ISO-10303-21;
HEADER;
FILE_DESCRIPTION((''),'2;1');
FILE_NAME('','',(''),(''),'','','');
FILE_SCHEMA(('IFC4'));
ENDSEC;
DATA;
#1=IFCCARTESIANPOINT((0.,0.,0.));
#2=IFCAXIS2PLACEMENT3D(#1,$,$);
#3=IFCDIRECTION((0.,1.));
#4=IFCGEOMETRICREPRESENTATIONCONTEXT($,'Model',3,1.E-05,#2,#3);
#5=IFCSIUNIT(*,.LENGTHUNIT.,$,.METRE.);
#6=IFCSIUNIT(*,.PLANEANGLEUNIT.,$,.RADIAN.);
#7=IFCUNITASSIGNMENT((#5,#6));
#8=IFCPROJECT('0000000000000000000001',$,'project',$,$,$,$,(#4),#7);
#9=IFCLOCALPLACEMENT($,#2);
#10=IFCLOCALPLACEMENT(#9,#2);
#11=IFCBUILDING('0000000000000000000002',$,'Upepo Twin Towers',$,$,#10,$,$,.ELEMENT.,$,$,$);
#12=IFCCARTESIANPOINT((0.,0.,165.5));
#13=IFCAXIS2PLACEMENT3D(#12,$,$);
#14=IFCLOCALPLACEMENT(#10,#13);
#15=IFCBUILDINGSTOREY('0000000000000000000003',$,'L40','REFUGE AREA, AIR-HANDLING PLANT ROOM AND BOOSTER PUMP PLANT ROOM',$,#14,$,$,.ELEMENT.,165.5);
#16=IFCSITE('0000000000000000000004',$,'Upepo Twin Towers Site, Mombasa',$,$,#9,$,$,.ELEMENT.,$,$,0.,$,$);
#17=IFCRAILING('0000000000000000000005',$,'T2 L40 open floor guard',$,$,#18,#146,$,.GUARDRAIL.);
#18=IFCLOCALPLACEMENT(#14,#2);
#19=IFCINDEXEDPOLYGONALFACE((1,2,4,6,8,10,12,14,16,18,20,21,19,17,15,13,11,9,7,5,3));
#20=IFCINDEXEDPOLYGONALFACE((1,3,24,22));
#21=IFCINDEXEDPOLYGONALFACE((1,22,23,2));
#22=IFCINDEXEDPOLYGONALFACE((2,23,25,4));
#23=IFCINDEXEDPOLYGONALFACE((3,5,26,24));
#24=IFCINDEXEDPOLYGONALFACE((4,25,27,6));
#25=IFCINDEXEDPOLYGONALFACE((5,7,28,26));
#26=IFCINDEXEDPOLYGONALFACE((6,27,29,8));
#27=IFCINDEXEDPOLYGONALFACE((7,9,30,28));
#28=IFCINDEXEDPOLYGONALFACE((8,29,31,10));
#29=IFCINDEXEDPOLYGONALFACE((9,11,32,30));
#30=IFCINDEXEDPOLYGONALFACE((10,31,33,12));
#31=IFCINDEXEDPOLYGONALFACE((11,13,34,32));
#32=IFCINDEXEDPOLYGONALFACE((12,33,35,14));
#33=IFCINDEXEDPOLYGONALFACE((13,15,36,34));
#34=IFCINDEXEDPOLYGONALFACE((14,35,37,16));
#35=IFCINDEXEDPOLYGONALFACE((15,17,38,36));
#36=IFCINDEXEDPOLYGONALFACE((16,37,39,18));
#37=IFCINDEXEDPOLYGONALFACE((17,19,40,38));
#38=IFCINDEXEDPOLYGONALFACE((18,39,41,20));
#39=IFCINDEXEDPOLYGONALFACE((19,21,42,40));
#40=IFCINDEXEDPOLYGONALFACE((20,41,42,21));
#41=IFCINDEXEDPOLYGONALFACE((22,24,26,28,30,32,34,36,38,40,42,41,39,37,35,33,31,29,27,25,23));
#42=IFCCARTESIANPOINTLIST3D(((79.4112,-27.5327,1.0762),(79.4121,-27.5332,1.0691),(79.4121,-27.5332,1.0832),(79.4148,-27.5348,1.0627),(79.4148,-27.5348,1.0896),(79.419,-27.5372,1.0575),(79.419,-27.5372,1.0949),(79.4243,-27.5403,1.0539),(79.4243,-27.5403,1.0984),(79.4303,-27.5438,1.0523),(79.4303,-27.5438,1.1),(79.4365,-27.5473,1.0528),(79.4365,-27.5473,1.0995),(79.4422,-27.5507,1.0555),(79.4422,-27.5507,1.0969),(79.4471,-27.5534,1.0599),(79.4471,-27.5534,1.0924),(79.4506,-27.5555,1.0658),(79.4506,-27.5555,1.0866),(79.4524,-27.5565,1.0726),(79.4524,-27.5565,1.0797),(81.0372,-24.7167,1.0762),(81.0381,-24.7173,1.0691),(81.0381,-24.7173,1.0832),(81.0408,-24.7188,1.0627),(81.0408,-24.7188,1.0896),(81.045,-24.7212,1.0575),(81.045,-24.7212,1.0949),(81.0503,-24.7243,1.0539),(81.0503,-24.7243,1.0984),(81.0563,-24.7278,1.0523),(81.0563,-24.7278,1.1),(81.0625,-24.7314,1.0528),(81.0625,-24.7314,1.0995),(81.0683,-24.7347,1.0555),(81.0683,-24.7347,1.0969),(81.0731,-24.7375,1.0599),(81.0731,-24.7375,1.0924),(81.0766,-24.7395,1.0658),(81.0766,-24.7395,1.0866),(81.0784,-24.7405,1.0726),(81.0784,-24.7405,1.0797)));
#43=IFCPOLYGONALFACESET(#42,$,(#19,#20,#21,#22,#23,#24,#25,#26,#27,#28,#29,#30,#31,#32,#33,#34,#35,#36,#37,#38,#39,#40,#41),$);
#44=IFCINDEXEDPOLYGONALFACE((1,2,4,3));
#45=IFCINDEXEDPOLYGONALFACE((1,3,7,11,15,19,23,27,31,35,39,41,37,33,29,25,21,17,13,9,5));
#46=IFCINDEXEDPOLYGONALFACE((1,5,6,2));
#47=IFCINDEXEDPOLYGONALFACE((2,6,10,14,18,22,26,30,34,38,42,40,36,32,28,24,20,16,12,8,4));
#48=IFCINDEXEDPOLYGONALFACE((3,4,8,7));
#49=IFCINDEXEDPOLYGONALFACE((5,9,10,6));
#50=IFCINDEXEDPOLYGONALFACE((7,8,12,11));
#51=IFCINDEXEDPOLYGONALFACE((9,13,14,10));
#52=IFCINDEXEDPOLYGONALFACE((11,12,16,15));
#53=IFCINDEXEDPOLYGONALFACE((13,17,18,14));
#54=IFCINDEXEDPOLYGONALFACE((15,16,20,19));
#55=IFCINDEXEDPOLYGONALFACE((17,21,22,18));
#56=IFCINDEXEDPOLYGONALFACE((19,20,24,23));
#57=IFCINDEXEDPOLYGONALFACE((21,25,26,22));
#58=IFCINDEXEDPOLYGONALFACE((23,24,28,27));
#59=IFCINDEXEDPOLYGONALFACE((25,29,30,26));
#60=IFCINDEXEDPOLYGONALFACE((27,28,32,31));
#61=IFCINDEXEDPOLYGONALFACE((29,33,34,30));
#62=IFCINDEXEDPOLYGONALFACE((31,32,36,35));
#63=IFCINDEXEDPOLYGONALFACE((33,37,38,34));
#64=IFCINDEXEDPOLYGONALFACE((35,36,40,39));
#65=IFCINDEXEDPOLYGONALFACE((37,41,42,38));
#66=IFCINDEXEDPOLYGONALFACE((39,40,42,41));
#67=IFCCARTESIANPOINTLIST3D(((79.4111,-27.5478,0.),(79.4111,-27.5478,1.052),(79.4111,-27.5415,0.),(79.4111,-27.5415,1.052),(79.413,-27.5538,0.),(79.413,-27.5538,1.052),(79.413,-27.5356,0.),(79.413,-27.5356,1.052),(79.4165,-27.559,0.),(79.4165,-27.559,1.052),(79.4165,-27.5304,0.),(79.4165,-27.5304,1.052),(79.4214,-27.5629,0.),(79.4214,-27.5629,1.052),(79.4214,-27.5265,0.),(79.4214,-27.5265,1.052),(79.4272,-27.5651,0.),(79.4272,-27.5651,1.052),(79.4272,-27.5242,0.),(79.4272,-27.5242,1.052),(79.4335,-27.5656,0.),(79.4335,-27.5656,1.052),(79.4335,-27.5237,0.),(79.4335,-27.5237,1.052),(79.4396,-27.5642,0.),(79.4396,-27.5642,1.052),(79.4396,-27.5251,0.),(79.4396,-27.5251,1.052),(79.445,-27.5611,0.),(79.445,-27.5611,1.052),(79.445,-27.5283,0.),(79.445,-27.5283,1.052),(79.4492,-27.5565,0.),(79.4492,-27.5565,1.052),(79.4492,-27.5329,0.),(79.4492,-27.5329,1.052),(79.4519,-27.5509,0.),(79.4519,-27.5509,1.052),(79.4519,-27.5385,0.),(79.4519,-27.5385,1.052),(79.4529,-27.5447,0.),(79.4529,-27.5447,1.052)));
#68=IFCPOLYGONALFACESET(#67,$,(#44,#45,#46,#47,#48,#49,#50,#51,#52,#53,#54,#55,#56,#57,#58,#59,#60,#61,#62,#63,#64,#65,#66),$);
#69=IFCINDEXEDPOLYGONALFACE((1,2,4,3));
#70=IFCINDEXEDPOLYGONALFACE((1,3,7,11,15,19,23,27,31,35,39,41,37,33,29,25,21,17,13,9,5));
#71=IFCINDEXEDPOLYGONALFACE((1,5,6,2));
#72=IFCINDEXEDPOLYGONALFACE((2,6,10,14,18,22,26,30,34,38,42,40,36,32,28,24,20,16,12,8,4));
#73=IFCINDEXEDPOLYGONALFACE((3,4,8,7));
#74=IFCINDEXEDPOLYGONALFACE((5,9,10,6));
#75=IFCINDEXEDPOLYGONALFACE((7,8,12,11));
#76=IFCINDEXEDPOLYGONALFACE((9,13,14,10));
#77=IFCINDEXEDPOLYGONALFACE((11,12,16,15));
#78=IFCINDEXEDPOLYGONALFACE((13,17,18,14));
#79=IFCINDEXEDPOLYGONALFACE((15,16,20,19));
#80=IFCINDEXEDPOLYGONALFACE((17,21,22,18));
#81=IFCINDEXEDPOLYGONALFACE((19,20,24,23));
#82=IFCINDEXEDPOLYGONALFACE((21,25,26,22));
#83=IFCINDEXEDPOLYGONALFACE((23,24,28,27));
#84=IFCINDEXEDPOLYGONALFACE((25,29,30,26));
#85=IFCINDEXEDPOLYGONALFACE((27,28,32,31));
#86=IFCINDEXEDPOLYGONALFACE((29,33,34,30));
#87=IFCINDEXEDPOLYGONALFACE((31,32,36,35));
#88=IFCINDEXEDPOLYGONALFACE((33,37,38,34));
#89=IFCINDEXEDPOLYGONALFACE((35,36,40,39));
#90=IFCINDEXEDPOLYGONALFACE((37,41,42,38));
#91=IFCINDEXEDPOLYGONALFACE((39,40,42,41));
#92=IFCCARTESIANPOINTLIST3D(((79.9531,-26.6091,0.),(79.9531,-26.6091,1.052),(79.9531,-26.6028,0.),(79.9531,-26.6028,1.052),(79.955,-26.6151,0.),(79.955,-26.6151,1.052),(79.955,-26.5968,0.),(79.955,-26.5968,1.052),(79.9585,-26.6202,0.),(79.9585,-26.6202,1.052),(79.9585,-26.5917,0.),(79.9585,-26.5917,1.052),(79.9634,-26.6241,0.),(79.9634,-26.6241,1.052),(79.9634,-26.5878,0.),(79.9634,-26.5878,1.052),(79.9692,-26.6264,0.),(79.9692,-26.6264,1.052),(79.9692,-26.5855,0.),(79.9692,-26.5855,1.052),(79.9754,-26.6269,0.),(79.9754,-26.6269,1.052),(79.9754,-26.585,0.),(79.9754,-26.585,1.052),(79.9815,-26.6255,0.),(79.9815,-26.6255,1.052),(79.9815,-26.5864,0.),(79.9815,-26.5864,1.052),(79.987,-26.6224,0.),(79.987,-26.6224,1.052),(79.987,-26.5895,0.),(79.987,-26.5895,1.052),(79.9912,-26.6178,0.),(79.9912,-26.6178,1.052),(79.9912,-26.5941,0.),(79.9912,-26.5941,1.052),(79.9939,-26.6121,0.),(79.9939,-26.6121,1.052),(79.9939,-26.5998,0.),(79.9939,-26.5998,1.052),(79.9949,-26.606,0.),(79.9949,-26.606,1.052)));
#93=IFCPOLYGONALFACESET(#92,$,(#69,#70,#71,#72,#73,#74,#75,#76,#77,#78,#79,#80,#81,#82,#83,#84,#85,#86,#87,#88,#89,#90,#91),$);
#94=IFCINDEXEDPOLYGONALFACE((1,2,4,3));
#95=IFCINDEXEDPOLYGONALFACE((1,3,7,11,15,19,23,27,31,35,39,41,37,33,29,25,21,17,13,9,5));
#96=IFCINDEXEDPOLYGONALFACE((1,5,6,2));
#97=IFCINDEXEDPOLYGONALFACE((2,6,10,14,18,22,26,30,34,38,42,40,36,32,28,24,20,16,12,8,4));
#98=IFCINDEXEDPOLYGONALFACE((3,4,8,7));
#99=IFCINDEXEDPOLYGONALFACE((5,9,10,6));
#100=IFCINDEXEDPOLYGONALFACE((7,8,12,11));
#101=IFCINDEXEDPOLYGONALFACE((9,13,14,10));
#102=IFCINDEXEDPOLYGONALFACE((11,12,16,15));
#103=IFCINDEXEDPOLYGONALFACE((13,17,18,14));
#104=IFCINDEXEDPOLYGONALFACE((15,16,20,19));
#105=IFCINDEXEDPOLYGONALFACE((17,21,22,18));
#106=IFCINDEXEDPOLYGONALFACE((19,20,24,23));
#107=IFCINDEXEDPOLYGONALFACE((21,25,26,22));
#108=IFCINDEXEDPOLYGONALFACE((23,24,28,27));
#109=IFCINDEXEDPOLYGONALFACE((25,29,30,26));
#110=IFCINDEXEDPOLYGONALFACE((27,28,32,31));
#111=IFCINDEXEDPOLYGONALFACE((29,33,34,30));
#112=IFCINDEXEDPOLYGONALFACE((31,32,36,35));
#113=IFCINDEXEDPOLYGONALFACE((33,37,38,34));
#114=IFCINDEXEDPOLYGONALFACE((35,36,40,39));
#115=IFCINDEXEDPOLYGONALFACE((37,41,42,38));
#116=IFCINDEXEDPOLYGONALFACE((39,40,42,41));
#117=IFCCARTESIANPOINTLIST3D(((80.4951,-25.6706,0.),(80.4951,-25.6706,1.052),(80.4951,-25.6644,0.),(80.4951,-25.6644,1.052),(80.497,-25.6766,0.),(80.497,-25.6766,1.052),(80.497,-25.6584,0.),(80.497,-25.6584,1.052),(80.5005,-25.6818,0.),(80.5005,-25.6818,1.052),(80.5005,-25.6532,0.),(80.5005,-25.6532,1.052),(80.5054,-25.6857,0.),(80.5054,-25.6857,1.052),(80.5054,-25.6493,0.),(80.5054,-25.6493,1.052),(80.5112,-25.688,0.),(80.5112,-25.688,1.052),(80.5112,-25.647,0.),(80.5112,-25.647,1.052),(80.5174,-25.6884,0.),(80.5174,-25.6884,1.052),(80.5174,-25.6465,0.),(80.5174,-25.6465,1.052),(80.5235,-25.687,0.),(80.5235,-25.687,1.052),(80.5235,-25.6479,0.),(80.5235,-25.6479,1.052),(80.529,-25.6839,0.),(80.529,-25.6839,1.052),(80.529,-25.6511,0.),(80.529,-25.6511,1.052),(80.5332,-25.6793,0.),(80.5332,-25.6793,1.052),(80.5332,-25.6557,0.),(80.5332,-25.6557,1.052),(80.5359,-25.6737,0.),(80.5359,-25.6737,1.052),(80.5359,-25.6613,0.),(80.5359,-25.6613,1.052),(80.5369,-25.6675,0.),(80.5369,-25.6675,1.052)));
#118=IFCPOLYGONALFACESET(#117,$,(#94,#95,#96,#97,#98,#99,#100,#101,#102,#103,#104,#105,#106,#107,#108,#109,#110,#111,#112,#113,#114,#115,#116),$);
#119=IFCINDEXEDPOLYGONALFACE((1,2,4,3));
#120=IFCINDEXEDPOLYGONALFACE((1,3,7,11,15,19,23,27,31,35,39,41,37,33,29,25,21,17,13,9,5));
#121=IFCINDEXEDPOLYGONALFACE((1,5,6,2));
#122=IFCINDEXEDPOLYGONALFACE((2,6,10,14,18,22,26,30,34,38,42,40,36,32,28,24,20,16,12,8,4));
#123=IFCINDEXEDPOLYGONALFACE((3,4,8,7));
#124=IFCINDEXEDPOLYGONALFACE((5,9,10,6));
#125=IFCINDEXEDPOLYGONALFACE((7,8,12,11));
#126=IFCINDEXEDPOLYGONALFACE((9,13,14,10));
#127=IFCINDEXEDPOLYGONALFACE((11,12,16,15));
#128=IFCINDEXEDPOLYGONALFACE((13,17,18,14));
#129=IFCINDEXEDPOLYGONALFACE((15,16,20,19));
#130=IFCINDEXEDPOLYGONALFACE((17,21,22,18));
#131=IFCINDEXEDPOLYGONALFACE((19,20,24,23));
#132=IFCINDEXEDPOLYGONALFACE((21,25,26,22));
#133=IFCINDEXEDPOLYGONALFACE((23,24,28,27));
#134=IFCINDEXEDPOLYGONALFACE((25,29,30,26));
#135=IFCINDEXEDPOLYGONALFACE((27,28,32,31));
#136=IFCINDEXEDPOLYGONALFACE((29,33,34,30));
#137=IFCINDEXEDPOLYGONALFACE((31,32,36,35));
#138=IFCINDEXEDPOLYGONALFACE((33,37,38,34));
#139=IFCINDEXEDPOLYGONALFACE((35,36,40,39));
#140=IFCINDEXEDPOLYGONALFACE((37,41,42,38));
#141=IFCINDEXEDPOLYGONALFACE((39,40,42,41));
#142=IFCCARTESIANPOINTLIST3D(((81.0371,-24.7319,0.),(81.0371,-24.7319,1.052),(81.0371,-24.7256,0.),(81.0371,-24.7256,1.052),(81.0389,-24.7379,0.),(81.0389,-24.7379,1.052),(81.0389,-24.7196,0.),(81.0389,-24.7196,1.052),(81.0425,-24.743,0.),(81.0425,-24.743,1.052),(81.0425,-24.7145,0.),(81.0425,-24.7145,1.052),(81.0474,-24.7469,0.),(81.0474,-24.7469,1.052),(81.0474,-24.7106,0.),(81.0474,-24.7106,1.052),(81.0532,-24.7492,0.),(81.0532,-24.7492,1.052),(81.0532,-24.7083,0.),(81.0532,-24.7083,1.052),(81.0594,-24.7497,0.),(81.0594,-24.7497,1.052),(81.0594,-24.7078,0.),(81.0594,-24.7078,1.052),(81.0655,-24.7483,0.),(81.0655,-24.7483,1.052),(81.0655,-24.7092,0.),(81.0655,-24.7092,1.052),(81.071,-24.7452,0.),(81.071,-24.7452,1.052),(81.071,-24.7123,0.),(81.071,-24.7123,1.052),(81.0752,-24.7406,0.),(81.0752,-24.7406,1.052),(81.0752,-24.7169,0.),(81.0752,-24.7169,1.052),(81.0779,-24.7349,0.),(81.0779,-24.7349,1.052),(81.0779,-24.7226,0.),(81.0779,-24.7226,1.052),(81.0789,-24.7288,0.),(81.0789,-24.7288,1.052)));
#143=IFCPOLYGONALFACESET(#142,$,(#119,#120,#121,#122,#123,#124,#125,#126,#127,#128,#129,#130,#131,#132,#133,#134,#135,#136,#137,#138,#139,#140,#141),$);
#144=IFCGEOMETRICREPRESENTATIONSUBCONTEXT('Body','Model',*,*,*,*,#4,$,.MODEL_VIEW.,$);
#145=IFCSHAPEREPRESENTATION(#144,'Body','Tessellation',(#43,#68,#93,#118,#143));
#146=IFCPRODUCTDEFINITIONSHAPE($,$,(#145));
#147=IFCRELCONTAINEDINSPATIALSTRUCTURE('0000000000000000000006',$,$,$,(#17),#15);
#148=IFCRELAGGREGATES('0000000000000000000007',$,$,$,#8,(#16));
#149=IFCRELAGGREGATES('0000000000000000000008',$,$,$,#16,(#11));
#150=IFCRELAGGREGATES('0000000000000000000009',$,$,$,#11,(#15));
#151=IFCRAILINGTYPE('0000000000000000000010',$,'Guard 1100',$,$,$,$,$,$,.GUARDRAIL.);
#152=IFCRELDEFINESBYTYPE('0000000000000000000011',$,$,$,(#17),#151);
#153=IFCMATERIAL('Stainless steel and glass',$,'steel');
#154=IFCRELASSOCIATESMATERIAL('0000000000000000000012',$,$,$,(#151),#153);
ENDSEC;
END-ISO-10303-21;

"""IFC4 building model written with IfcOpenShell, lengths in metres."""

from ifc_helpers import new_model, si_unit, direction, frame, origin, origin_2d, place, context, subcontext, project, spatial, circle, extrude, material, type_object, element, save


model = new_model("IFC4")

# Units and contexts
model_context = context("Model", 3, precision=1e-05, world=origin(), true_north=direction((0.0, 1.0)))
body_context = subcontext(model_context, "Body", "Model", "MODEL_VIEW")
ifc_project = project(units=[si_unit("LENGTHUNIT", "METRE"), si_unit("PLANEANGLEUNIT", "RADIAN")], contexts=[model_context])

# Site, building, storey
site_placement = place(None, origin())
site = spatial("IfcSite", under=ifc_project, at=site_placement, Name="Upepo Twin Towers Site, Mombasa", CompositionType="ELEMENT", RefElevation=0.0)
building_placement = place(site_placement, origin())
building = spatial("IfcBuilding", under=site, at=building_placement, Name="Upepo Twin Towers", CompositionType="ELEMENT")
storey_placement = place(building_placement, frame((0.0, 0.0, 165.5)))
storey = spatial("IfcBuildingStorey", under=building, at=storey_placement, Name="L40", Description="REFUGE AREA, AIR-HANDLING PLANT ROOM AND BOOSTER PUMP PLANT ROOM", CompositionType="ELEMENT", Elevation=165.5)

# Railing
ifc_material_1 = material(Name="Stainless steel and glass", Category="steel")
railing_type_1 = type_object("IfcRailingType", Name="Guard 1100", PredefinedType="GUARDRAIL", material=ifc_material_1)
railing_1_placement = place(storey_placement, frame((79.4319, -27.5447, 0.0)))
element("IfcRailing", 1, at=railing_1_placement, inside=storey, type_object=railing_type_1, Name="T2 L40 open floor guard", PredefinedType="GUARDRAIL", context=body_context, shape_type="SweptSolid", body=[
    extrude(circle(Radius=0.0239, at=origin_2d()), frame((0.0, 0.0, 1.0762), z_axis=(0.500047, 0.865998, 0.0), x_axis=(-0.865998, 0.500047, 0.0)), (0.0, 0.0, 1.0), 3.2517),
    extrude(circle(Radius=0.021, at=origin_2d()), origin(), (0.0, 0.0, 1.0), 1.052),
    extrude(circle(Radius=0.021, at=origin_2d()), frame((0.542, 0.9387, 0.0)), (0.0, 0.0, 1.0), 1.052),
    extrude(circle(Radius=0.021, at=origin_2d()), frame((1.084, 1.8772, 0.0)), (0.0, 0.0, 1.0), 1.052),
    extrude(circle(Radius=0.021, at=origin_2d()), frame((1.626, 2.8159, 0.0)), (0.0, 0.0, 1.0), 1.052),
])

save(model, "model.ifc")
